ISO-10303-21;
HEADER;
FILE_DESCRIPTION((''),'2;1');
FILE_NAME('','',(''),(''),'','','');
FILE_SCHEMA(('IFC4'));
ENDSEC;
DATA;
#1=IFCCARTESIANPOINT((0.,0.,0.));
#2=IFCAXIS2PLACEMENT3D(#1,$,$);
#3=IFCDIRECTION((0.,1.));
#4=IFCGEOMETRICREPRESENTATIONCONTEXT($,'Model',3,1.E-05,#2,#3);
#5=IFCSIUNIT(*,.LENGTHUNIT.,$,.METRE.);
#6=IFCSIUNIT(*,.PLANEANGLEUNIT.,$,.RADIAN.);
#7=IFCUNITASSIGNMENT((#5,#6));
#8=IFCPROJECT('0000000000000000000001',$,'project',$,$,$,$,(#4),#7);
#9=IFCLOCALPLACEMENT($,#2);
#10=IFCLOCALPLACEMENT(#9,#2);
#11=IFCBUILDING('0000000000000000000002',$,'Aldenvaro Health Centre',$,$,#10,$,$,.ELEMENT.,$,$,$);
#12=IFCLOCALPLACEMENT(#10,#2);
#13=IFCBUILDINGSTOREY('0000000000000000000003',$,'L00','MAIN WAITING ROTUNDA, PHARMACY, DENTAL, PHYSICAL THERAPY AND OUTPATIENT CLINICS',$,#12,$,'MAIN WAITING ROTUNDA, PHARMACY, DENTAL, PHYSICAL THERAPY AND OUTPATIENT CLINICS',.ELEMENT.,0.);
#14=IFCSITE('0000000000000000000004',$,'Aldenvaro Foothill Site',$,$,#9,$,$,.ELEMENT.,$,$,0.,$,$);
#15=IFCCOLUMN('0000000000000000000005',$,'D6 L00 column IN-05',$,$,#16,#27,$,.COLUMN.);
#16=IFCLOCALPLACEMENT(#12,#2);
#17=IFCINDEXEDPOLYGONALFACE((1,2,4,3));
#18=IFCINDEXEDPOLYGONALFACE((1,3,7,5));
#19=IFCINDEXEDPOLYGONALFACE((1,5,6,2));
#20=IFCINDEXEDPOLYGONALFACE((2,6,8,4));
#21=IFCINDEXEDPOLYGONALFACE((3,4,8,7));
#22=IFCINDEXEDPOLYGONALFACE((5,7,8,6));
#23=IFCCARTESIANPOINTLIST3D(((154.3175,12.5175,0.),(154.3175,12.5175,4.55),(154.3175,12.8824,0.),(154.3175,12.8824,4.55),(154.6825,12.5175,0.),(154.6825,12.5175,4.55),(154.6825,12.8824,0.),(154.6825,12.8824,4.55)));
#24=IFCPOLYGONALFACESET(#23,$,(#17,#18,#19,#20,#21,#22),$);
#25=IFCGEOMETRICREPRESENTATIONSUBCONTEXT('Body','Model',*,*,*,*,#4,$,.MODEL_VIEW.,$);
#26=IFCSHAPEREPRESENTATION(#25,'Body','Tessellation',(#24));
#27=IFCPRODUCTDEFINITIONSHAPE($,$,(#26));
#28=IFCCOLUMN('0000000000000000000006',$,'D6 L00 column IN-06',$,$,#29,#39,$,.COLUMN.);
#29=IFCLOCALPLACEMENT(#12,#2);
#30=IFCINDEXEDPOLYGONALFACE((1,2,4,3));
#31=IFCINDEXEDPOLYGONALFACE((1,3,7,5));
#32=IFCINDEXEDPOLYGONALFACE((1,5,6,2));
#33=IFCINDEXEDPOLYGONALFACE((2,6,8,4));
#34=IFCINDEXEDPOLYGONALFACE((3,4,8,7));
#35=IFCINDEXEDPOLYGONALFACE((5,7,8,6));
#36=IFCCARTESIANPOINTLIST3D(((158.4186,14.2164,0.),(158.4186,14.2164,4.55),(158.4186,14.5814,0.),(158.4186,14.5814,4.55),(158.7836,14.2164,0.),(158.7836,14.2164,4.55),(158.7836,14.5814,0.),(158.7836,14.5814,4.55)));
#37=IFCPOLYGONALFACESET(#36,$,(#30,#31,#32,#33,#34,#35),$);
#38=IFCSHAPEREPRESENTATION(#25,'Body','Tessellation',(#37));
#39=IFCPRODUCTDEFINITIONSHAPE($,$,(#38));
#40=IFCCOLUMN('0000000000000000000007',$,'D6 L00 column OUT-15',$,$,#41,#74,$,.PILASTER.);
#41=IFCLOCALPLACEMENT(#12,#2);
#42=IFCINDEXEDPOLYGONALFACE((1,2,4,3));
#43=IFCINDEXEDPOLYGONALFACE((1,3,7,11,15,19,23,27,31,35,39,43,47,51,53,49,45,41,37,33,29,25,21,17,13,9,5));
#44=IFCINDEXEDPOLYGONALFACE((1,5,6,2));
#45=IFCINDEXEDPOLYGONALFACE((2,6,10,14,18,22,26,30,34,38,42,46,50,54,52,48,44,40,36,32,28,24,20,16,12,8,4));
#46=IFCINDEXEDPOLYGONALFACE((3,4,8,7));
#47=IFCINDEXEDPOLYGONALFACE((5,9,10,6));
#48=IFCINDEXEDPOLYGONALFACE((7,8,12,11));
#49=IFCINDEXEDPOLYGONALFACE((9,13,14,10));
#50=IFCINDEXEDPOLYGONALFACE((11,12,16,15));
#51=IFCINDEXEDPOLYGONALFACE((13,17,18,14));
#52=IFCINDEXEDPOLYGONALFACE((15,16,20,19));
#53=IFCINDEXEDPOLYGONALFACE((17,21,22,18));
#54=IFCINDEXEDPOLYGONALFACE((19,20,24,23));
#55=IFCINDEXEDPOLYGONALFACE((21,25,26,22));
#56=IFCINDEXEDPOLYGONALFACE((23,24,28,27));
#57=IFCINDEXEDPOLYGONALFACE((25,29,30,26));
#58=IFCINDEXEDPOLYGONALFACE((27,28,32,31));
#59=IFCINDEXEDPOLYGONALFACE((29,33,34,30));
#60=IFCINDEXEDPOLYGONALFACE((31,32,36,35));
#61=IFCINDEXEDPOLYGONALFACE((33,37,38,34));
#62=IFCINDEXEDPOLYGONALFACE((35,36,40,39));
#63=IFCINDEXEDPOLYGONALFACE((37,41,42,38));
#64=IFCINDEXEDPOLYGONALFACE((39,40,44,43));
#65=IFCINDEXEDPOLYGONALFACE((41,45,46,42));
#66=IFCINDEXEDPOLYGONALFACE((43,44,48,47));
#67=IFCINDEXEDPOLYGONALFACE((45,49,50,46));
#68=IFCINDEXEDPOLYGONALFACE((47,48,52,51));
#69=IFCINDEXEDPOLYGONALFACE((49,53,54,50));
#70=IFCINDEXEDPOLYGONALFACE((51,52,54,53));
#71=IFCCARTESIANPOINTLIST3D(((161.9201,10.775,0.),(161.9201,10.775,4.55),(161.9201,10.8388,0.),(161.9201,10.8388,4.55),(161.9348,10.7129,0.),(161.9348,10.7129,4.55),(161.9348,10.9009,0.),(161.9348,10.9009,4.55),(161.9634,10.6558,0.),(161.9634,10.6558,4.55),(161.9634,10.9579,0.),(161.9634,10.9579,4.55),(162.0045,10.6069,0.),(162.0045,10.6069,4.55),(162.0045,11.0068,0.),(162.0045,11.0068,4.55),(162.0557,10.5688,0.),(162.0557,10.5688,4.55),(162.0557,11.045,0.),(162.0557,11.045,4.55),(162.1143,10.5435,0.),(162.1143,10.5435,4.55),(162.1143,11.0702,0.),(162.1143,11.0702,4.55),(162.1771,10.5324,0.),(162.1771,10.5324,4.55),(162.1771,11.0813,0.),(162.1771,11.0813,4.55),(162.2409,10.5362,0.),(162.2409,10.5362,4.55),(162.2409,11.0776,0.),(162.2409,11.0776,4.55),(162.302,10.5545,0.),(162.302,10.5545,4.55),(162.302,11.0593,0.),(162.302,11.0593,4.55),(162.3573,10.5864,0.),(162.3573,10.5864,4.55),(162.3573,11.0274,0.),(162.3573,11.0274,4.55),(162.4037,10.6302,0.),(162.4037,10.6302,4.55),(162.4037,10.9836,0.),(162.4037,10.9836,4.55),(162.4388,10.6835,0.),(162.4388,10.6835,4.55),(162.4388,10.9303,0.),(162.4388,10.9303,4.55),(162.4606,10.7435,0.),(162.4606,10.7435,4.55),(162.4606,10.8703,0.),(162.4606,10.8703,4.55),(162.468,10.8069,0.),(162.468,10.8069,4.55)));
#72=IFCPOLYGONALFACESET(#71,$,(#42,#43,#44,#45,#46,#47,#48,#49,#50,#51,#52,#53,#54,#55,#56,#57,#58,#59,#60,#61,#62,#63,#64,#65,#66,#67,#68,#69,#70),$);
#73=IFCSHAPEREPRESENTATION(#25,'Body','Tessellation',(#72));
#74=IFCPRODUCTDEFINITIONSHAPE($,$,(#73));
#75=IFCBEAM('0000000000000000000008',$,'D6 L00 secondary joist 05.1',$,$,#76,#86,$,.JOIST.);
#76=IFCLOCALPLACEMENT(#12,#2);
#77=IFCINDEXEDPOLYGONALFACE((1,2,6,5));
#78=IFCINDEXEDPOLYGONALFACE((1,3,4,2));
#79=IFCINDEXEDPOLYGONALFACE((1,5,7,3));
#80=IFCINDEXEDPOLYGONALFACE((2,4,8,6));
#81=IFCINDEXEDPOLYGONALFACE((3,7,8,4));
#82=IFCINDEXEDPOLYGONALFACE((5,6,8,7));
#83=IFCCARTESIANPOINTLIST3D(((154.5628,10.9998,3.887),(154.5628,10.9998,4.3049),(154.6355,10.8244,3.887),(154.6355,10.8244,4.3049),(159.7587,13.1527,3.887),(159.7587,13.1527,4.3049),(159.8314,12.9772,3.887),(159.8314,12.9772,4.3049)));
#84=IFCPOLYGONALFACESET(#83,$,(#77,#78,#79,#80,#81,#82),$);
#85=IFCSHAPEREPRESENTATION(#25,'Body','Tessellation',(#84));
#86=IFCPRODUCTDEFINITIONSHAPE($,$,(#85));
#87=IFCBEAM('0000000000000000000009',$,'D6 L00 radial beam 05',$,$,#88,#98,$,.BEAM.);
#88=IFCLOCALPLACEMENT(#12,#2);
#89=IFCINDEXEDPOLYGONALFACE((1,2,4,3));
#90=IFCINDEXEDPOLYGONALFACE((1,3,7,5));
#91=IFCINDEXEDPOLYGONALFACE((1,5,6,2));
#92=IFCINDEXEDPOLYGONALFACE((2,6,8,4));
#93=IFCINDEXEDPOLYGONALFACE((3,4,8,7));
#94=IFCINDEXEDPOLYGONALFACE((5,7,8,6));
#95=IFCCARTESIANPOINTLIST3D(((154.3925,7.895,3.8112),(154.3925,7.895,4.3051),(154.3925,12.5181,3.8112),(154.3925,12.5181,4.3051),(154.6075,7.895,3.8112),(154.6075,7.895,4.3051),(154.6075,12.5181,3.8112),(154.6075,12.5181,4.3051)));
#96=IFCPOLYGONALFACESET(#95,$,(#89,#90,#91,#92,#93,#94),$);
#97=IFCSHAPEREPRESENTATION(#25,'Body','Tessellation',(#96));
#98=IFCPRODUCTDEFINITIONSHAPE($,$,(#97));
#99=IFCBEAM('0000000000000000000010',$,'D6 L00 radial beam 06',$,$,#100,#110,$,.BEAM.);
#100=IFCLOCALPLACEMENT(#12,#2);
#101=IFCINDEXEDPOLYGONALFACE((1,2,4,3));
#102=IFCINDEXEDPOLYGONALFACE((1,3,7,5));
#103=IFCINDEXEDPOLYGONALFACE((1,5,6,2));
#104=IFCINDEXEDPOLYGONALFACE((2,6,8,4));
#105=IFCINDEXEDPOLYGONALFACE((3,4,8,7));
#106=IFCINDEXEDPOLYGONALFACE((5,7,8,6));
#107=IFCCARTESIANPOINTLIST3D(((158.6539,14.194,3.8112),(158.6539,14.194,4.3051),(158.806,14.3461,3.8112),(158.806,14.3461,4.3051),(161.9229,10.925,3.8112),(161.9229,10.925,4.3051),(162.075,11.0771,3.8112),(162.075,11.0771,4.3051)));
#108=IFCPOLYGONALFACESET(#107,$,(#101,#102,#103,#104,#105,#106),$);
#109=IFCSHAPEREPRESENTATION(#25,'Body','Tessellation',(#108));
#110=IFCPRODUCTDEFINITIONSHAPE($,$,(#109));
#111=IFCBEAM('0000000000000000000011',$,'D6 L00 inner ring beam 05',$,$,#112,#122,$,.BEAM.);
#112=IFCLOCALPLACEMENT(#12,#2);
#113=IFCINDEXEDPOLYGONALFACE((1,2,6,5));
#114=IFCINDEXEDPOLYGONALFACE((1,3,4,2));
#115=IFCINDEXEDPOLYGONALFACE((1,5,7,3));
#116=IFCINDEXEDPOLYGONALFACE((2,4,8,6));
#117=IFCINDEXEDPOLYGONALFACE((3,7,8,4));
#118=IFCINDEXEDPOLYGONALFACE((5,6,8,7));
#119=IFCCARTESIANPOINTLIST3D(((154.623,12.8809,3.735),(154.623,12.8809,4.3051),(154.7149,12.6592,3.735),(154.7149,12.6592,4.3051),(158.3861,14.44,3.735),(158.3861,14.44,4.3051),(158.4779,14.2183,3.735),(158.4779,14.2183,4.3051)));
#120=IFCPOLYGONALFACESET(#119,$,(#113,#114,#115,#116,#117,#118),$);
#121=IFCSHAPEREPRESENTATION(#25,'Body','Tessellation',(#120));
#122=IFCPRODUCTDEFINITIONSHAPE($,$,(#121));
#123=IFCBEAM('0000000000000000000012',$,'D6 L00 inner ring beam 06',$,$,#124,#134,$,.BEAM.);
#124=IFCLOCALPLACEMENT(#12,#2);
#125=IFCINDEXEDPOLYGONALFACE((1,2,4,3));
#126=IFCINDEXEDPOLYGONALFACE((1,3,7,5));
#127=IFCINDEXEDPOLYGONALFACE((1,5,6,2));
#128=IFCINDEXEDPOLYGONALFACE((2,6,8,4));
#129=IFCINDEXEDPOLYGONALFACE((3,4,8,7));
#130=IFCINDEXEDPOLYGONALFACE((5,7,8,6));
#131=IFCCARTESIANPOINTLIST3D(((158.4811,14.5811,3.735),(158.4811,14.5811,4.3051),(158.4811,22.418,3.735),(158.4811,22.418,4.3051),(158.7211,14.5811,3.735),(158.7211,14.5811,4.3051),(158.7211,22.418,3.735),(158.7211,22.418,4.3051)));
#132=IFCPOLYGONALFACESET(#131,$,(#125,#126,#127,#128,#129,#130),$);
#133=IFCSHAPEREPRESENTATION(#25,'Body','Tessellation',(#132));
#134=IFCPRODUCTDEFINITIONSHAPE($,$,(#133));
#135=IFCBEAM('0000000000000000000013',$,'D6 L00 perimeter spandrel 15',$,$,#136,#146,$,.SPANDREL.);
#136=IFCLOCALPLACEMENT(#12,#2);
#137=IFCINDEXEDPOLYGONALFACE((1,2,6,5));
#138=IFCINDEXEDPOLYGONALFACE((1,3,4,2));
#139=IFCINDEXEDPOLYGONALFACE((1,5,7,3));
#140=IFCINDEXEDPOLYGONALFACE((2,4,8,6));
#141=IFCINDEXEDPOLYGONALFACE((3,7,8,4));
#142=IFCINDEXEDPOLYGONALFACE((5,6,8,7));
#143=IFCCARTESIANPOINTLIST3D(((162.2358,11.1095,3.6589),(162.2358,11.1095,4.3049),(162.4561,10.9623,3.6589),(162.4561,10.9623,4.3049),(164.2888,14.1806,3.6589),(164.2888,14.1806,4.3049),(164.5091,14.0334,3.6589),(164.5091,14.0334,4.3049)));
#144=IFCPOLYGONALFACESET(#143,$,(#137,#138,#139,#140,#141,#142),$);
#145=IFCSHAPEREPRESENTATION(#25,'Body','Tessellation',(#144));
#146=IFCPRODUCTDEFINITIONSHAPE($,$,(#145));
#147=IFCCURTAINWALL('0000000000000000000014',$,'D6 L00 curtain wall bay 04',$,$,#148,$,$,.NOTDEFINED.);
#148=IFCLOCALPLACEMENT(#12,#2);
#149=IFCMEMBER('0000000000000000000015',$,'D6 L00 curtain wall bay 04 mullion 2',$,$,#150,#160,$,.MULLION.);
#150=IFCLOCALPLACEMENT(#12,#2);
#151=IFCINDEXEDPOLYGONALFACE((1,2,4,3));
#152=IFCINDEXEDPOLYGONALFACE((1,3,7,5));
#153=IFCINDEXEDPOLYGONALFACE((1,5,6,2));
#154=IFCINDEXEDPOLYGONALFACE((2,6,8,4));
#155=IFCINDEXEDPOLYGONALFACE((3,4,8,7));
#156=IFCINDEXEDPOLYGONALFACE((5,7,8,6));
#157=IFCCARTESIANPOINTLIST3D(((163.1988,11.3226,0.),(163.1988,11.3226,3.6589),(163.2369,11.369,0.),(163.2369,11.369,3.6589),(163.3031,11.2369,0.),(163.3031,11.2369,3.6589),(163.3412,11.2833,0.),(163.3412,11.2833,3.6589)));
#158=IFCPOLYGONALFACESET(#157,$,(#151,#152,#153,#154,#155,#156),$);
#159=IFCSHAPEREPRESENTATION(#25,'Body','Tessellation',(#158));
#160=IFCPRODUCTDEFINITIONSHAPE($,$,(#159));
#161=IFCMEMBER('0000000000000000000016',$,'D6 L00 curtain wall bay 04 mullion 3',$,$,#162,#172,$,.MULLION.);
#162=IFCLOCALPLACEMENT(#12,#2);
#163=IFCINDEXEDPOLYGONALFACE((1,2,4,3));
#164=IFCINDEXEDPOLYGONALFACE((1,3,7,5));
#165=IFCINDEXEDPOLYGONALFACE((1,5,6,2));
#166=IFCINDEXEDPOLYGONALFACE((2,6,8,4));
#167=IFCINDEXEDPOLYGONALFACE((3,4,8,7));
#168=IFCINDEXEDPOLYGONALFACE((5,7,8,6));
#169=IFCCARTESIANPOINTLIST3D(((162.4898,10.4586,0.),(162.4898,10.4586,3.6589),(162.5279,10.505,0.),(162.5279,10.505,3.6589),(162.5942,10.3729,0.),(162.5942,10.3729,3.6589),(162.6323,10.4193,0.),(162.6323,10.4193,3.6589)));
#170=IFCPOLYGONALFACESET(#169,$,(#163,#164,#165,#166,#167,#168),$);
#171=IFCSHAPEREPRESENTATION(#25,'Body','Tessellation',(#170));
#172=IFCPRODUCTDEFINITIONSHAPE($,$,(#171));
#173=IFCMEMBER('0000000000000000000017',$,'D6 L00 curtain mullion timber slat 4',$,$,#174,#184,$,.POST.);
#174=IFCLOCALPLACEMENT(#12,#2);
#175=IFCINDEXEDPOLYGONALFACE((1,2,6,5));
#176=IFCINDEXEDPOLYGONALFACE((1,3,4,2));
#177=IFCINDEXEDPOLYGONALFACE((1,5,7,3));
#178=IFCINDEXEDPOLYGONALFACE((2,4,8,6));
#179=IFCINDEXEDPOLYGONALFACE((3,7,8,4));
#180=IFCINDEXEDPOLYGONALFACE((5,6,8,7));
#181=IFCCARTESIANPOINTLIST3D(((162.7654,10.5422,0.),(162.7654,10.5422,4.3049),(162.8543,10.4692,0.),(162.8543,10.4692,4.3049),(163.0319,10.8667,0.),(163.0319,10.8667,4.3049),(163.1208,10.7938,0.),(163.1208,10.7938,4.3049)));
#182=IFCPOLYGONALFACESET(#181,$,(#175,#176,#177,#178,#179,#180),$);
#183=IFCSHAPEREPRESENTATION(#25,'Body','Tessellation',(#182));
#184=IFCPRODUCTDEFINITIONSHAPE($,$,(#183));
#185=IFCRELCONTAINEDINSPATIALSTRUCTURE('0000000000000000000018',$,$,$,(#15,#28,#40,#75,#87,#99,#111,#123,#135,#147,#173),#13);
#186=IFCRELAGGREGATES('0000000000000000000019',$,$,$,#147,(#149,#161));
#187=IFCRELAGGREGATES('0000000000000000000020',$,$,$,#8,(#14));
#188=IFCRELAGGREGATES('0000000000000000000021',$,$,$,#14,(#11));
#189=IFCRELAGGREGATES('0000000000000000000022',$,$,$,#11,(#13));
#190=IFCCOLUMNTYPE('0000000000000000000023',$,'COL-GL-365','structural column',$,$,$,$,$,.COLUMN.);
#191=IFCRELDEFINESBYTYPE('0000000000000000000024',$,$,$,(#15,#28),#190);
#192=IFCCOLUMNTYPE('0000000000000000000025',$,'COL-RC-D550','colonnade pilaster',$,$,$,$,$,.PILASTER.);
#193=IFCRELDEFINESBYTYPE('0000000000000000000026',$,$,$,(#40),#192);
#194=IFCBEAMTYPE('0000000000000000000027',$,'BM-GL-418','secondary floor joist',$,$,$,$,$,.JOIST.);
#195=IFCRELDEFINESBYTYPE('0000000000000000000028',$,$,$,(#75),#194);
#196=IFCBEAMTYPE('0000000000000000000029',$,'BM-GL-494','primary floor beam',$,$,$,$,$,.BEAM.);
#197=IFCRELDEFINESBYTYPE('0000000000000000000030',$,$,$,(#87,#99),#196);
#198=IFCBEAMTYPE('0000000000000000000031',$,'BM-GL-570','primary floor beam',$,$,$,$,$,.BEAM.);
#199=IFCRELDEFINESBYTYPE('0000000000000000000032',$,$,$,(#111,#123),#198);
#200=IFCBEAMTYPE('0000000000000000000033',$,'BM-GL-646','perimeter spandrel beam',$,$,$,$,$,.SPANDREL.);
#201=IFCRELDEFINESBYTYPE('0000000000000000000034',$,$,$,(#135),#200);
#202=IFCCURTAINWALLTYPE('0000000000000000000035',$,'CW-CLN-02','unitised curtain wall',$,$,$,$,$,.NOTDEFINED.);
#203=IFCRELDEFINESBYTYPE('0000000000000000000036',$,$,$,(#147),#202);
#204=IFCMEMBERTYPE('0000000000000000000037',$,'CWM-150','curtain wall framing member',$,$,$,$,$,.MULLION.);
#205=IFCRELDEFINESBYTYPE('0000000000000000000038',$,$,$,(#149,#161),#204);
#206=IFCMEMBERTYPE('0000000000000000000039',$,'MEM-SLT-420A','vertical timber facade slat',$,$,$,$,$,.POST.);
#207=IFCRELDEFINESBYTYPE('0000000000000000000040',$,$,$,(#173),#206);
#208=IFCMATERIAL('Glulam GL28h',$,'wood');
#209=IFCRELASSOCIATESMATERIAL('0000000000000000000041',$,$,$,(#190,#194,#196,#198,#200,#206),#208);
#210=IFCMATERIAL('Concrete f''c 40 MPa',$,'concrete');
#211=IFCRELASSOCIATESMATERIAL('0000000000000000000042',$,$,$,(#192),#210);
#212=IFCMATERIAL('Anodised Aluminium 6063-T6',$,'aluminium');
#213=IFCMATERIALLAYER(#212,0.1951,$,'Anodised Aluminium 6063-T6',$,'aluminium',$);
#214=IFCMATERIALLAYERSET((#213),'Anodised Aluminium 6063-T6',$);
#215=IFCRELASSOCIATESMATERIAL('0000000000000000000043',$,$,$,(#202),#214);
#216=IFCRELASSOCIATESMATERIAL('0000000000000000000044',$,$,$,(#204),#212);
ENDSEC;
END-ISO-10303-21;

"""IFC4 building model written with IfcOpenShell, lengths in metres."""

from ifc_helpers import new_model, si_unit, direction, frame, origin, origin_2d, place, context, subcontext, project, spatial, rectangle, circle, extrude, material, layer, layer_set, material_profile, profile_set, type_object, element, aggregate, save


model = new_model("IFC4")

# Units and contexts
model_context = context("Model", 3, precision=1e-05, world=origin(), true_north=direction((0.0, 1.0)))
body_context = subcontext(model_context, "Body", "Model", "MODEL_VIEW")
ifc_project = project(units=[si_unit("LENGTHUNIT", "METRE"), si_unit("PLANEANGLEUNIT", "RADIAN")], contexts=[model_context])

# Site, building, storey
site_placement = place(None, origin())
site = spatial("IfcSite", under=ifc_project, at=site_placement, Name="Aldenvaro Foothill Site", CompositionType="ELEMENT", RefElevation=0.0)
building_placement = place(site_placement, origin())
building = spatial("IfcBuilding", under=site, at=building_placement, Name="Aldenvaro Health Centre", CompositionType="ELEMENT")
storey_placement = place(building_placement, origin())
storey = spatial("IfcBuildingStorey", under=building, at=storey_placement, Name="L00", Description="MAIN WAITING ROTUNDA, PHARMACY, DENTAL, PHYSICAL THERAPY AND OUTPATIENT CLINICS", LongName="MAIN WAITING ROTUNDA, PHARMACY, DENTAL, PHYSICAL THERAPY AND OUTPATIENT CLINICS", CompositionType="ELEMENT", Elevation=0.0)

# Columns
ifc_material_1 = material(Name="Glulam GL28h", Category="wood")
ifc_material_profile_1 = material_profile(ifc_material_1, rectangle(XDim=0.365, YDim=0.365, at=origin_2d()), Name="GL 365x365", Category="wood")
ifc_profile_set_1 = profile_set([ifc_material_profile_1], Name="Glulam GL28h")
column_type_1 = type_object("IfcColumnType", Name="COL-GL-365", Description="structural column", PredefinedType="COLUMN", material=ifc_profile_set_1)
for number, where, z_axis, x_axis, name in (
    (1, (154.5, 12.7, 0.0), (0.0, 0.0, 1.0), (1.0, 0.0, 0.0), "D6 L00 column IN-05"),
    (2, (158.6011, 14.3989, 0.0), (0.0, 0.0, 1.0), (1.0, 0.0, 0.0), "D6 L00 column IN-06"),
):
    element("IfcColumn", number, at=place(storey_placement, frame(where, z_axis=z_axis, x_axis=x_axis)), inside=storey, type_object=column_type_1, Name=name, PredefinedType="COLUMN", context=body_context, shape_type="SweptSolid", body=[
        extrude(rectangle(XDim=0.365, YDim=0.365, at=origin_2d()), origin(), (0.0, 0.0, 1.0), 4.55),
    ])
ifc_material_2 = material(Name="Concrete f'c 40 MPa", Category="concrete")
ifc_material_profile_2 = material_profile(ifc_material_2, circle(Radius=0.2749, at=origin_2d()), Name="RC D550", Category="concrete")
ifc_profile_set_2 = profile_set([ifc_material_profile_2], Name="Concrete f'c 40 MPa")
column_type_2 = type_object("IfcColumnType", Name="COL-RC-D550", Description="colonnade pilaster", PredefinedType="PILASTER", material=ifc_profile_set_2)
column_placement = place(storey_placement, frame((162.1931, 10.8069, 0.0), z_axis=(0.0, 0.0, 1.0), x_axis=(1.0, 0.0, 0.0)))
element("IfcColumn", 3, at=column_placement, inside=storey, type_object=column_type_2, Name="D6 L00 column OUT-15", PredefinedType="PILASTER", context=body_context, shape_type="SweptSolid", body=[
    extrude(circle(Radius=0.2749, at=origin_2d()), origin(), (0.0, 0.0, 1.0), 4.55),
])

# Beams
ifc_material_profile_3 = material_profile(ifc_material_1, rectangle(XDim=0.1899, YDim=0.418, at=origin_2d()), Name="GL 190x418", Category="wood")
ifc_profile_set_3 = profile_set([ifc_material_profile_3], Name="Glulam GL28h")
beam_type_1 = type_object("IfcBeamType", Name="BM-GL-418", Description="secondary floor joist", PredefinedType="JOIST", material=ifc_profile_set_3)
beam_1_placement = place(storey_placement, frame((154.5991, 10.9121, 4.0959), z_axis=(0.923838, 0.382784, 0.0), x_axis=(-0.382784, 0.923838, 0.0)))
element("IfcBeam", 4, at=beam_1_placement, inside=storey, type_object=beam_type_1, Name="D6 L00 secondary joist 05.1", PredefinedType="JOIST", context=body_context, shape_type="SweptSolid", body=[
    extrude(rectangle(XDim=0.1899, YDim=0.418, at=origin_2d()), origin(), (0.0, 0.0, 1.0), 5.6243),
])
ifc_material_profile_4 = material_profile(ifc_material_1, rectangle(XDim=0.2151, YDim=0.4939, at=origin_2d()), Name="GL 215x494", Category="wood")
ifc_profile_set_4 = profile_set([ifc_material_profile_4], Name="Glulam GL28h")
beam_type_2 = type_object("IfcBeamType", Name="BM-GL-494", Description="primary floor beam", PredefinedType="BEAM", material=ifc_profile_set_4)
for number, where, z_axis, x_axis, name in (
    (5, (154.5, 12.5181, 4.0581), (0.0, -1.0, 0.0), (1.0, 0.0, 0.0), "D6 L00 radial beam 05"),
    (6, (158.73, 14.27, 4.0581), (0.707107, -0.707107, 0.0), (0.707107, 0.707107, 0.0), "D6 L00 radial beam 06"),
):
    element("IfcBeam", number, at=place(storey_placement, frame(where, z_axis=z_axis, x_axis=x_axis)), inside=storey, type_object=beam_type_2, Name=name, PredefinedType="BEAM", context=body_context, shape_type="SweptSolid", body=[
        extrude(rectangle(XDim=0.2151, YDim=0.4939, at=origin_2d()), origin(), (0.0, 0.0, 1.0), 4.623),
    ])
ifc_material_profile_5 = material_profile(ifc_material_1, rectangle(XDim=0.24, YDim=0.5701, at=origin_2d()), Name="GL 240x570", Category="wood")
ifc_profile_set_5 = profile_set([ifc_material_profile_5], Name="Glulam GL28h")
beam_type_3 = type_object("IfcBeamType", Name="BM-GL-570", Description="primary floor beam", PredefinedType="BEAM", material=ifc_profile_set_5)
beam_2_placement = place(storey_placement, frame((154.6689, 12.77, 4.02), z_axis=(0.923843, 0.382772, 0.0), x_axis=(-0.382772, 0.923843, 0.0)))
element("IfcBeam", 7, at=beam_2_placement, inside=storey, type_object=beam_type_3, Name="D6 L00 inner ring beam 05", PredefinedType="BEAM", context=body_context, shape_type="SweptSolid", body=[
    extrude(rectangle(XDim=0.24, YDim=0.5701, at=origin_2d()), origin(), (0.0, 0.0, 1.0), 4.0732),
])
beam_3_placement = place(storey_placement, frame((158.6011, 14.5811, 4.02), z_axis=(0.0, 1.0, 0.0), x_axis=(-1.0, 0.0, 0.0)))
element("IfcBeam", 8, at=beam_3_placement, inside=storey, type_object=beam_type_3, Name="D6 L00 inner ring beam 06", PredefinedType="BEAM", context=body_context, shape_type="SweptSolid", body=[
    extrude(rectangle(XDim=0.24, YDim=0.5701, at=origin_2d()), origin(), (0.0, 0.0, 1.0), 7.8369),
])
ifc_material_profile_6 = material_profile(ifc_material_1, rectangle(XDim=0.2649, YDim=0.646, at=origin_2d()), Name="GL 265x646", Category="wood")
ifc_profile_set_6 = profile_set([ifc_material_profile_6], Name="Glulam GL28h")
beam_type_4 = type_object("IfcBeamType", Name="BM-GL-646", Description="perimeter spandrel beam", PredefinedType="SPANDREL", material=ifc_profile_set_6)
beam_4_placement = place(storey_placement, frame((162.3459, 11.0359, 3.9819), z_axis=(0.555752, 0.831348, 0.0), x_axis=(-0.831348, 0.555752, 0.0)))
element("IfcBeam", 9, at=beam_4_placement, inside=storey, type_object=beam_type_4, Name="D6 L00 perimeter spandrel 15", PredefinedType="SPANDREL", context=body_context, shape_type="SweptSolid", body=[
    extrude(rectangle(XDim=0.2649, YDim=0.646, at=origin_2d()), origin(), (0.0, 0.0, 1.0), 3.6941),
])

# Curtain wall, members
ifc_material_3 = material(Name="Anodised Aluminium 6063-T6", Category="aluminium")
ifc_layer_1 = layer(ifc_material_3, 0.1951, Name="Anodised Aluminium 6063-T6", Category="aluminium")
ifc_layer_set_1 = layer_set([ifc_layer_1], Name="Anodised Aluminium 6063-T6")
curtain_wall_type = type_object("IfcCurtainWallType", Name="CW-CLN-02", Description="unitised curtain wall", PredefinedType="NOTDEFINED", material=ifc_layer_set_1)
curtain_wall_placement = place(storey_placement, origin())
curtain_wall = element("IfcCurtainWall", 10, at=curtain_wall_placement, inside=storey, type_object=curtain_wall_type, Name="D6 L00 curtain wall bay 04", PredefinedType="NOTDEFINED")
ifc_material_profile_7 = material_profile(ifc_material_3, rectangle(XDim=0.0601, YDim=0.135, at=origin_2d()), Name="ALU 60x135", Category="aluminium")
ifc_profile_set_7 = profile_set([ifc_material_profile_7], Name="Anodised Aluminium 6063-T6")
member_type_1 = type_object("IfcMemberType", Name="CWM-150", Description="curtain wall framing member", PredefinedType="MULLION", material=ifc_profile_set_7)
member_1_placement = place(storey_placement, frame((163.27, 11.303, 0.0), z_axis=(0.0, 0.0, 1.0), x_axis=(-0.634577, -0.77286, 0.0)))
member_1 = element("IfcMember", 11, at=member_1_placement, type_object=member_type_1, Name="D6 L00 curtain wall bay 04 mullion 2", PredefinedType="MULLION", context=body_context, shape_type="SweptSolid", body=[
    extrude(rectangle(XDim=0.0601, YDim=0.135, at=origin_2d()), origin(), (0.0, 0.0, 1.0), 3.6589),
])
member_2_placement = place(storey_placement, frame((162.561, 10.439, 0.0), z_axis=(0.0, 0.0, 1.0), x_axis=(-0.634577, -0.77286, 0.0)))
member_2 = element("IfcMember", 12, at=member_2_placement, type_object=member_type_1, Name="D6 L00 curtain wall bay 04 mullion 3", PredefinedType="MULLION", context=body_context, shape_type="SweptSolid", body=[
    extrude(rectangle(XDim=0.0601, YDim=0.135, at=origin_2d()), origin(), (0.0, 0.0, 1.0), 3.6589),
])

# Member
ifc_material_profile_8 = material_profile(ifc_material_1, rectangle(XDim=0.115, YDim=0.4199, at=origin_2d()), Name="GL 115x420", Category="wood")
ifc_profile_set_8 = profile_set([ifc_material_profile_8], Name="Glulam GL28h")
member_type_2 = type_object("IfcMemberType", Name="MEM-SLT-420A", Description="vertical timber facade slat", PredefinedType="POST", material=ifc_profile_set_8)
for number, where, z_axis, x_axis, name in (
    (13, (162.9431, 10.668, 0.0), (0.0, 0.0, 1.0), (0.77286, -0.634577, 0.0), "D6 L00 curtain mullion timber slat 4"),
):
    element("IfcMember", number, at=place(storey_placement, frame(where, z_axis=z_axis, x_axis=x_axis)), inside=storey, type_object=member_type_2, Name=name, PredefinedType="POST", context=body_context, shape_type="SweptSolid", body=[
        extrude(rectangle(XDim=0.115, YDim=0.4199, at=origin_2d()), origin(), (0.0, 0.0, 1.0), 4.3049),
    ])

aggregate(curtain_wall, [member_1, member_2])

save(model, "model.ifc")
